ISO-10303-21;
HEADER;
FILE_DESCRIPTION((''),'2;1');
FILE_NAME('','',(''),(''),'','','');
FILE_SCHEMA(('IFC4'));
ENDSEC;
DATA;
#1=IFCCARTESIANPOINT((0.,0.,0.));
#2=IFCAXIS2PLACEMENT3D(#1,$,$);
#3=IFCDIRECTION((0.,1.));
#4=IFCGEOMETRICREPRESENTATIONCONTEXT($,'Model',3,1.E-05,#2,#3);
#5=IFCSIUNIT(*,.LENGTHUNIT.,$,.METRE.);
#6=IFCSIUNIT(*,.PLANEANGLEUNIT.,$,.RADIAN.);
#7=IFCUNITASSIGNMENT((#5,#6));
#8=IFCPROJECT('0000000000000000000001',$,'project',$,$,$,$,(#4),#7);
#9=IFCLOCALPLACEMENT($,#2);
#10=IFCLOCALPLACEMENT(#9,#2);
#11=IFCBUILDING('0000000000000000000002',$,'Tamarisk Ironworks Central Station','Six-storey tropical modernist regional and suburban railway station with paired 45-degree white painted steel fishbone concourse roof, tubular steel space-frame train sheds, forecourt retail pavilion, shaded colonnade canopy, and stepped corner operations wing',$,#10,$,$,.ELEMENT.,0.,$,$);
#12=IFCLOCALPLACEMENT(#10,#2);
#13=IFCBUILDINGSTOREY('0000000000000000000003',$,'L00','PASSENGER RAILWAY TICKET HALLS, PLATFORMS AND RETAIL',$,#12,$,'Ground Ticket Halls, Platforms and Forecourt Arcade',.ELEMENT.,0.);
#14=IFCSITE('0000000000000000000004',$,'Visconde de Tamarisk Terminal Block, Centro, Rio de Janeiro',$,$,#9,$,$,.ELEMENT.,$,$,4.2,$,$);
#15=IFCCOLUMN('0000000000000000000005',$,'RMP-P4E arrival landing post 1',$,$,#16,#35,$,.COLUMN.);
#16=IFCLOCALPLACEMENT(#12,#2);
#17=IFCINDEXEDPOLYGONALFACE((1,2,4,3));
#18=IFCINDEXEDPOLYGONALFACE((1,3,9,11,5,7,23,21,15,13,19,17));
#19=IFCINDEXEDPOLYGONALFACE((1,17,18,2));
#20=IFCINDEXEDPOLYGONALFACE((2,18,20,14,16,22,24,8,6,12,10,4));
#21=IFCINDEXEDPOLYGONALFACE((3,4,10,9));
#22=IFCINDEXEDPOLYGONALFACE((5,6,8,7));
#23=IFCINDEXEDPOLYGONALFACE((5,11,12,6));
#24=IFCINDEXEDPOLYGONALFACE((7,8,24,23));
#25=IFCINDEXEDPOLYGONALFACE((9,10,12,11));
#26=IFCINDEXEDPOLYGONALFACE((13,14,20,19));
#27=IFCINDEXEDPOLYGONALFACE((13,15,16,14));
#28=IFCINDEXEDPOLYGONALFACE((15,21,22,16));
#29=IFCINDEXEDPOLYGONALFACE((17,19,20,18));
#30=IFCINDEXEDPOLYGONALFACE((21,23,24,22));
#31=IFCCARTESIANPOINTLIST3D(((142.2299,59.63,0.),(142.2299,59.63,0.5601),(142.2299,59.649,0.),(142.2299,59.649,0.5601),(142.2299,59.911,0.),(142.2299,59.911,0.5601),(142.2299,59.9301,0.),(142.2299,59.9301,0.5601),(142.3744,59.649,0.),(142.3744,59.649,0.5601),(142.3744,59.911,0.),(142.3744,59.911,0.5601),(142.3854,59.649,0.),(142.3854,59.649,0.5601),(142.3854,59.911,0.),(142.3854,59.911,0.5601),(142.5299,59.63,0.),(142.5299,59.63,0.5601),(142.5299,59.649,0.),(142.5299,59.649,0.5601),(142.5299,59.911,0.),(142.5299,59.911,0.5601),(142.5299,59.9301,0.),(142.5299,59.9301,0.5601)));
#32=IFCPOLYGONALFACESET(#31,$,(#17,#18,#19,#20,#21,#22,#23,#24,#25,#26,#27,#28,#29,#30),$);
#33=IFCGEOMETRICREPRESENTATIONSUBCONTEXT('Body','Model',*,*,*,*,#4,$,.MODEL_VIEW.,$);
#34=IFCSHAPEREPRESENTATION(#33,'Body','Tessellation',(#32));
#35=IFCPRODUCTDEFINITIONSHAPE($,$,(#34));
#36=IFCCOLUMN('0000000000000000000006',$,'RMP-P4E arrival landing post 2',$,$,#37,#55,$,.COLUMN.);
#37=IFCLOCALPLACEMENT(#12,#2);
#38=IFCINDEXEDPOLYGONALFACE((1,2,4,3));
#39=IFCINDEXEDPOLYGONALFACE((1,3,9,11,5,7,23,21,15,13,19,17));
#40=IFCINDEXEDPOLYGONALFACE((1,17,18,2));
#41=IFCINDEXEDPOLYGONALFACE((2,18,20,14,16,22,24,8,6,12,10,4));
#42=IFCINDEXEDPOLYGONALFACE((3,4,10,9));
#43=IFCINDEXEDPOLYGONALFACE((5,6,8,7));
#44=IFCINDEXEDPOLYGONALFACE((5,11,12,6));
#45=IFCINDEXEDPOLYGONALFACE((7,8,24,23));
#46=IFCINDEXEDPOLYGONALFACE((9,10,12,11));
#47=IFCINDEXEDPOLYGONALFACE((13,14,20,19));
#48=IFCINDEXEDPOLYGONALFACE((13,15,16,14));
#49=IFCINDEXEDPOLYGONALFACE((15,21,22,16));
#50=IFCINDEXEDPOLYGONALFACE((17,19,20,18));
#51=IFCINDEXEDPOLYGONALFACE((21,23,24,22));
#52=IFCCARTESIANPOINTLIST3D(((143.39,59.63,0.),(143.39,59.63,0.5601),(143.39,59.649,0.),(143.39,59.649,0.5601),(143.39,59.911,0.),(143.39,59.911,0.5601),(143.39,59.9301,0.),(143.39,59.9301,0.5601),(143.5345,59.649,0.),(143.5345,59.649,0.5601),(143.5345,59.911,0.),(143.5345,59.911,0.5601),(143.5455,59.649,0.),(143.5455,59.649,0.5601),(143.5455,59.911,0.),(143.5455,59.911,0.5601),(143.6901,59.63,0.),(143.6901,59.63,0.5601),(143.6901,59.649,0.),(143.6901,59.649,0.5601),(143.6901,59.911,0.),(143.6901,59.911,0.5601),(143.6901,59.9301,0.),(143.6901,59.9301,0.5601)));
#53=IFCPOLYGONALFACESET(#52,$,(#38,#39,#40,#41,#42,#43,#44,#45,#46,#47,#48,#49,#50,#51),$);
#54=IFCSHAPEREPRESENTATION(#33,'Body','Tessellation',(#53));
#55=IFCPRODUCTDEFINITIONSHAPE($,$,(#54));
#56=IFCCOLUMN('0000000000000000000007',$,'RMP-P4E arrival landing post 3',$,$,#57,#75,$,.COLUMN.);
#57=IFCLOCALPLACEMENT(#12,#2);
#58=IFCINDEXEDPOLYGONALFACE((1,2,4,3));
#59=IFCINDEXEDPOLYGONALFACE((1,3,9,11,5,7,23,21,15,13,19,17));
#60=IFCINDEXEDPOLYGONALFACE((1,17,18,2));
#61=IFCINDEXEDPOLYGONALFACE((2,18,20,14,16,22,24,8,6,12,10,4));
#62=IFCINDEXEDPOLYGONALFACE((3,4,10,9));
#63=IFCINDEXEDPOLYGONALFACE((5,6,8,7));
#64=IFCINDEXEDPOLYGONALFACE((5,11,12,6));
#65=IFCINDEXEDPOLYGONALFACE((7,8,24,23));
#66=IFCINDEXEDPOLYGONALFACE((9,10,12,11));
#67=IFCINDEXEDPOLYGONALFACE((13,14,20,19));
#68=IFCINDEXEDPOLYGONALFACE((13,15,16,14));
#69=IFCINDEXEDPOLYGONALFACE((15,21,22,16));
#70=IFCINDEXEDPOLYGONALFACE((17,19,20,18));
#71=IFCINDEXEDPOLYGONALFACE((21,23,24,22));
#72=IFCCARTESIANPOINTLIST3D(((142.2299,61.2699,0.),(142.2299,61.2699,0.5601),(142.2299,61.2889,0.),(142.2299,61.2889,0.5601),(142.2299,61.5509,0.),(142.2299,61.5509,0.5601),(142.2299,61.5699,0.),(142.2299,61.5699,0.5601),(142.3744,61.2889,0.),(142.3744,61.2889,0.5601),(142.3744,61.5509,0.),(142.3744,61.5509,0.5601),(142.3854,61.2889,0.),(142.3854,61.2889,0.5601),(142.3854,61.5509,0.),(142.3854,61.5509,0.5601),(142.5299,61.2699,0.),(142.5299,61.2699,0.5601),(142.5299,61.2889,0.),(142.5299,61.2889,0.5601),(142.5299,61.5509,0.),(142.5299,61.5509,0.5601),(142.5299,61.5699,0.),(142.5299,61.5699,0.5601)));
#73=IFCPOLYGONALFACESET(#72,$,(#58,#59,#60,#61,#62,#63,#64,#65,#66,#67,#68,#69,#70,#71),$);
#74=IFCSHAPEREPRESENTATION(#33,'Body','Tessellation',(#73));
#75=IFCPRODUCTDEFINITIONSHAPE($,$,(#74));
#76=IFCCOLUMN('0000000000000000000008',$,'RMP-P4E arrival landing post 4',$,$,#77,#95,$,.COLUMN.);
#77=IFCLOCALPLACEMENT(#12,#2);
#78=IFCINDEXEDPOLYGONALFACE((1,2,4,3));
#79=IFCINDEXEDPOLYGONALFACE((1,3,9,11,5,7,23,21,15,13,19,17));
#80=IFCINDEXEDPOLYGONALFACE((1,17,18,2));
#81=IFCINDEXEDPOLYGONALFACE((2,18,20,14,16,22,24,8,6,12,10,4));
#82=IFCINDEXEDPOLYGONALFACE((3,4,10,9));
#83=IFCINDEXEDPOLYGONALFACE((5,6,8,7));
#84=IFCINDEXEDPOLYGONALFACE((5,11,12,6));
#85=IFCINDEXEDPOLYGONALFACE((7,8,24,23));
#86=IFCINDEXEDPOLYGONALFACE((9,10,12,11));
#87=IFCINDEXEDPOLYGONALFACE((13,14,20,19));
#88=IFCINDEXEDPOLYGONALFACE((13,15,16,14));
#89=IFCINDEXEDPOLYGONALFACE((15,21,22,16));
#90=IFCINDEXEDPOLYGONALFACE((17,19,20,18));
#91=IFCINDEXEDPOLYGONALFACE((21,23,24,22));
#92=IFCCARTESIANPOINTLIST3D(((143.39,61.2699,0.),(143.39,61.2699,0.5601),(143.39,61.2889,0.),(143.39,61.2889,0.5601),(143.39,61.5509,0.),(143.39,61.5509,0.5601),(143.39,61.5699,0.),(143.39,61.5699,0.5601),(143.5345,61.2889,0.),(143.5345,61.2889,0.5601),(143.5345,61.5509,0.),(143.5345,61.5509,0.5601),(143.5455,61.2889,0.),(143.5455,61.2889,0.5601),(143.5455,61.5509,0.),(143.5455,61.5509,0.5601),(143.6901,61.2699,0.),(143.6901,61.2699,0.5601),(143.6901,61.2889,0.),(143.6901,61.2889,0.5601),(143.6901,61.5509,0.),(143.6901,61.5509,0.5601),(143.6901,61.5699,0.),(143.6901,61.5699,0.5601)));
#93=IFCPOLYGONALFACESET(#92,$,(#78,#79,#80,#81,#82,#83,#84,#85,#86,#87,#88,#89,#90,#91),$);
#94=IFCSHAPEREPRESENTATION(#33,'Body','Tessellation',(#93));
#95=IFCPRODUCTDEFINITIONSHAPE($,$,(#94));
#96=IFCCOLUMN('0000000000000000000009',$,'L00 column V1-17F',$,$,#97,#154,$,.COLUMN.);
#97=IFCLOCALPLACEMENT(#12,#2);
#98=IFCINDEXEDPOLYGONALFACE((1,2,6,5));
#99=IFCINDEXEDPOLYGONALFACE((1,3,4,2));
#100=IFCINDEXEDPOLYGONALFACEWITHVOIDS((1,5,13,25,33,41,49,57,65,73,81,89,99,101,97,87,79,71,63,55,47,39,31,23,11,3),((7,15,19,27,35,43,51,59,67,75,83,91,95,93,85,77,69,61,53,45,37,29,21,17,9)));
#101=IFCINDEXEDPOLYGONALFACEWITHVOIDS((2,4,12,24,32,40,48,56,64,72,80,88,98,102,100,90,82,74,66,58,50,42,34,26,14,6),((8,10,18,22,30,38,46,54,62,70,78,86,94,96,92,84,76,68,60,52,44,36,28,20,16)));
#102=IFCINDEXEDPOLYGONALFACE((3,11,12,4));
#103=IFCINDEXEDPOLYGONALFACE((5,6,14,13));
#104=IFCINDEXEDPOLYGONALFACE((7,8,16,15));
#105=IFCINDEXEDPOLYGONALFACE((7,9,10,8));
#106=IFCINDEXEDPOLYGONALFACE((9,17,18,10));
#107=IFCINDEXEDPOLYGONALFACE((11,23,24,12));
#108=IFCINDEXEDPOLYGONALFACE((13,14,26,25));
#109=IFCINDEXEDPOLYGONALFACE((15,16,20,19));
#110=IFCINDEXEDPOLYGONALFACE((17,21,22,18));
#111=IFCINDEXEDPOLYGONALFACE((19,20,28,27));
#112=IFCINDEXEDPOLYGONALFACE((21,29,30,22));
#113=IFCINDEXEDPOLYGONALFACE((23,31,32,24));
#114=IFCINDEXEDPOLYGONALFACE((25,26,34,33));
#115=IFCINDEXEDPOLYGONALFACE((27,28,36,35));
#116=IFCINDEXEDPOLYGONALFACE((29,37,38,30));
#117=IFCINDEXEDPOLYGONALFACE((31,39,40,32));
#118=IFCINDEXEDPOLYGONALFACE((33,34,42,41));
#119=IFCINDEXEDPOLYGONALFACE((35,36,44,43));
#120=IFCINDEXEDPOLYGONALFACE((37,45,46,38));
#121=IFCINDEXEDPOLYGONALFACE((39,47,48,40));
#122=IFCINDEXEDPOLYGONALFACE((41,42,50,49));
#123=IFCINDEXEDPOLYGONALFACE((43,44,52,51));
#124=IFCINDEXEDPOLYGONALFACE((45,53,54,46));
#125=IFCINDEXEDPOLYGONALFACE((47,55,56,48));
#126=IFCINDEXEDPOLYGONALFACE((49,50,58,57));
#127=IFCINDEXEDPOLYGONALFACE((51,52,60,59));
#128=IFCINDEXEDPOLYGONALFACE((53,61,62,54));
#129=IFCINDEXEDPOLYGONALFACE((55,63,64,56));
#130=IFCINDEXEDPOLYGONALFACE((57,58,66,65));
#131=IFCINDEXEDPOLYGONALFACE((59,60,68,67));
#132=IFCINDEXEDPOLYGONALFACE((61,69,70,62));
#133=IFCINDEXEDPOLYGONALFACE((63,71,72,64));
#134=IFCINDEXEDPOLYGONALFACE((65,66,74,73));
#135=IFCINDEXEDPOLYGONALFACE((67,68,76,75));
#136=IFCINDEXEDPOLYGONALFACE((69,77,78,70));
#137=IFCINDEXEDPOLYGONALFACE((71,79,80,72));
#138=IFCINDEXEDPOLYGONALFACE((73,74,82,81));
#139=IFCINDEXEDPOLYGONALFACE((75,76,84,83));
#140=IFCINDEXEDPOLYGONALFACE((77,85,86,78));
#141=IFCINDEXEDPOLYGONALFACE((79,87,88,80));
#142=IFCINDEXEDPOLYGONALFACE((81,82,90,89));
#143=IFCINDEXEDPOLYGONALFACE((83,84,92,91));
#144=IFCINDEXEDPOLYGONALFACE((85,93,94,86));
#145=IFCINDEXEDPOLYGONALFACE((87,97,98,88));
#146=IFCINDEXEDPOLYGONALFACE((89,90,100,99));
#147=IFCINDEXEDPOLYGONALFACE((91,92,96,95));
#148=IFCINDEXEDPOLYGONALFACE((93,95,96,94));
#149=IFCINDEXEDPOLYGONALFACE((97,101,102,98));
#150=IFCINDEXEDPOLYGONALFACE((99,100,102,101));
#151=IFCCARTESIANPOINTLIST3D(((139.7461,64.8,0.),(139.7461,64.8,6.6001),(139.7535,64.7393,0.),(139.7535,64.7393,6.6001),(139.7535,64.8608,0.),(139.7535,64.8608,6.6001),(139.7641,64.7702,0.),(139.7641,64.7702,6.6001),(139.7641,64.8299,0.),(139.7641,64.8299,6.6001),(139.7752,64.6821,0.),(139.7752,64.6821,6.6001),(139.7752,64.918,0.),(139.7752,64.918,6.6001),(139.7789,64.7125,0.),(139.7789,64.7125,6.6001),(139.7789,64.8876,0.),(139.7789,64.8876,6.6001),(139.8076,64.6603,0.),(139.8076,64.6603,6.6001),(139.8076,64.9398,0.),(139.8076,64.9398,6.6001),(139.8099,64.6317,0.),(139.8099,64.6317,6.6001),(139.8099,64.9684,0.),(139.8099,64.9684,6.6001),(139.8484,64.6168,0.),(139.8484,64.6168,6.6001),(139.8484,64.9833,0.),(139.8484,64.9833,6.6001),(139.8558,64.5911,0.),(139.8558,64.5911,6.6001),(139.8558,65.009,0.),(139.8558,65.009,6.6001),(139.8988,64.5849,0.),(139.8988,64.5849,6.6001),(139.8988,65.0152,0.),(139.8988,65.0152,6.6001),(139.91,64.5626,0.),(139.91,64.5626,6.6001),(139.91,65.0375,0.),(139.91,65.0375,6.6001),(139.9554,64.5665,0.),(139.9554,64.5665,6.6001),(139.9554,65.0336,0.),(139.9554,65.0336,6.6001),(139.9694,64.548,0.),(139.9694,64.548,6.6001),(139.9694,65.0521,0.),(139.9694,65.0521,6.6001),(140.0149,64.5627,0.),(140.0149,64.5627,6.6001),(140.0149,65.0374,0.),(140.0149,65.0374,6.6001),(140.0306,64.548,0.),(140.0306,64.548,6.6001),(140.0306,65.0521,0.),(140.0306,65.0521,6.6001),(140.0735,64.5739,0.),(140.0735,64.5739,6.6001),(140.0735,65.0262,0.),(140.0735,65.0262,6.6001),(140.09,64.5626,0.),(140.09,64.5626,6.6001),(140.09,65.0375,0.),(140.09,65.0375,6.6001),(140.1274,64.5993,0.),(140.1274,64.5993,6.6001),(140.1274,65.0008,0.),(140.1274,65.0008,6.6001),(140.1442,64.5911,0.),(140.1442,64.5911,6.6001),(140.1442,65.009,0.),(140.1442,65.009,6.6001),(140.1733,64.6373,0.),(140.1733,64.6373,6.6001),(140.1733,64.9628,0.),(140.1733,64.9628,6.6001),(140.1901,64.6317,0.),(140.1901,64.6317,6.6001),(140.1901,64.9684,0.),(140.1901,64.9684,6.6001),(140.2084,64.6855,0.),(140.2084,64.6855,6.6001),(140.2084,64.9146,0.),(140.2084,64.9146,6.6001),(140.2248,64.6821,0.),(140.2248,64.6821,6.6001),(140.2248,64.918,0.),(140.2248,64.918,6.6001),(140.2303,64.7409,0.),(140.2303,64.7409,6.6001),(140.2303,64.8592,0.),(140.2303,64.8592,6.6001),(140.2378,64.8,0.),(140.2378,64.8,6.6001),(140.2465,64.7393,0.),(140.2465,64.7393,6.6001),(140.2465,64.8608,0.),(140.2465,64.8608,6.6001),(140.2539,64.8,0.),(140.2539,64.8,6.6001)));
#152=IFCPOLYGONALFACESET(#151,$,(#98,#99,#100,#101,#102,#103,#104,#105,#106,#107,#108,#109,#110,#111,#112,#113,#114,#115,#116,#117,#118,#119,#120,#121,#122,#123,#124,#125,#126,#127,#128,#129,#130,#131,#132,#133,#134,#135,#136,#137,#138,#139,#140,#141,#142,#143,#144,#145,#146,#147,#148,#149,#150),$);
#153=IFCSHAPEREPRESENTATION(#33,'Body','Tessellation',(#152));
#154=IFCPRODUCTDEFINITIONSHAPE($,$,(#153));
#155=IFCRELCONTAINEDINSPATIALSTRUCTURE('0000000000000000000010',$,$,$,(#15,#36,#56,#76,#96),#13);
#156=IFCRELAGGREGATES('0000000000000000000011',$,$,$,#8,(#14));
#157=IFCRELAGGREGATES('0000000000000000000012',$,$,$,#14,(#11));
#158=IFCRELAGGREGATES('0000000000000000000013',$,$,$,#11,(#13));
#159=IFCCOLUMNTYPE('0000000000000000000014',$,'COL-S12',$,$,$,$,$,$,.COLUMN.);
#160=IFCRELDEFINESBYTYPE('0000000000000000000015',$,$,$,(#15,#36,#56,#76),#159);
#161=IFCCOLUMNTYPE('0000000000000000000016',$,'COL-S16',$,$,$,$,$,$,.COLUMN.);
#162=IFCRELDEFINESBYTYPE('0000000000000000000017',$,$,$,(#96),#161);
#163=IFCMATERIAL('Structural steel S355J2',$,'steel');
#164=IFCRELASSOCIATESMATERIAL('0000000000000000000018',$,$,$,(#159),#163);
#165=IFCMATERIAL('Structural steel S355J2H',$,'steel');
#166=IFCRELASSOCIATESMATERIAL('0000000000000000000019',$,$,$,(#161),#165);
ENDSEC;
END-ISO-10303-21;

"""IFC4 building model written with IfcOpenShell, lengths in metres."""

from ifc_helpers import new_model, si_unit, direction, frame, origin, origin_2d, place, context, subcontext, project, spatial, hollow_circle, i_section, extrude, material, material_profile, profile_set, type_object, element, save


model = new_model("IFC4")

# Units and contexts
model_context = context("Model", 3, precision=1e-05, world=origin(), true_north=direction((0.0, 1.0)))
body_context = subcontext(model_context, "Body", "Model", "MODEL_VIEW")
ifc_project = project(units=[si_unit("LENGTHUNIT", "METRE"), si_unit("PLANEANGLEUNIT", "RADIAN")], contexts=[model_context])

# Site, building, storey
site_placement = place(None, origin())
site = spatial("IfcSite", under=ifc_project, at=site_placement, Name="Visconde de Tamarisk Terminal Block, Centro, Rio de Janeiro", CompositionType="ELEMENT", RefElevation=4.2)
building_placement = place(site_placement, origin())
building = spatial("IfcBuilding", under=site, at=building_placement, Name="Tamarisk Ironworks Central Station", Description="Six-storey tropical modernist regional and suburban railway station with paired 45-degree white painted steel fishbone concourse roof, tubular steel space-frame train sheds, forecourt retail pavilion, shaded colonnade canopy, and stepped corner operations wing", CompositionType="ELEMENT", ElevationOfRefHeight=0.0)
storey_placement = place(building_placement, origin())
storey = spatial("IfcBuildingStorey", under=building, at=storey_placement, Name="L00", Description="PASSENGER RAILWAY TICKET HALLS, PLATFORMS AND RETAIL", LongName="Ground Ticket Halls, Platforms and Forecourt Arcade", CompositionType="ELEMENT", Elevation=0.0)

# Columns
ifc_material_1 = material(Name="Structural steel S355J2", Category="steel")
ifc_material_profile_1 = material_profile(ifc_material_1, i_section(OverallWidth=0.3, OverallDepth=0.3, WebThickness=0.011, FlangeThickness=0.019, at=origin_2d()), Name="HEB 300")
ifc_profile_set_1 = profile_set([ifc_material_profile_1], Name="Structural steel S355J2")
column_type_1 = type_object("IfcColumnType", Name="COL-S12", PredefinedType="COLUMN", material=ifc_profile_set_1)
for number, where, z_axis, x_axis, name in (
    (1, (142.3799, 59.78, 0.0), (0.0, 0.0, 1.0), (1.0, 0.0, 0.0), "RMP-P4E arrival landing post 1"),
    (2, (143.54, 59.78, 0.0), (0.0, 0.0, 1.0), (1.0, 0.0, 0.0), "RMP-P4E arrival landing post 2"),
    (3, (142.3799, 61.4199, 0.0), (0.0, 0.0, 1.0), (1.0, 0.0, 0.0), "RMP-P4E arrival landing post 3"),
    (4, (143.54, 61.4199, 0.0), (0.0, 0.0, 1.0), (1.0, 0.0, 0.0), "RMP-P4E arrival landing post 4"),
):
    element("IfcColumn", number, at=place(storey_placement, frame(where, z_axis=z_axis, x_axis=x_axis)), inside=storey, type_object=column_type_1, Name=name, PredefinedType="COLUMN", context=body_context, shape_type="SweptSolid", body=[
        extrude(i_section(OverallWidth=0.3, OverallDepth=0.3, WebThickness=0.011, FlangeThickness=0.019, at=origin_2d()), origin(), (0.0, 0.0, 1.0), 0.5601),
    ])
ifc_material_2 = material(Name="Structural steel S355J2H", Category="steel")
ifc_material_profile_2 = material_profile(ifc_material_2, hollow_circle(Radius=0.2539, WallThickness=0.0161, at=origin_2d()), Name="CHS 508x16")
ifc_profile_set_2 = profile_set([ifc_material_profile_2], Name="Structural steel S355J2H")
column_type_2 = type_object("IfcColumnType", Name="COL-S16", PredefinedType="COLUMN", material=ifc_profile_set_2)
column_1_placement = place(storey_placement, frame((140.0, 64.8, 0.0), z_axis=(0.0, 0.0, 1.0), x_axis=(1.0, 0.0, 0.0)))
element("IfcColumn", 5, at=column_1_placement, inside=storey, type_object=column_type_2, Name="L00 column V1-17F", PredefinedType="COLUMN", context=body_context, shape_type="SweptSolid", body=[
    extrude(hollow_circle(Radius=0.2539, WallThickness=0.0161, at=origin_2d()), origin(), (0.0, 0.0, 1.0), 6.6001),
])

save(model, "model.ifc")
